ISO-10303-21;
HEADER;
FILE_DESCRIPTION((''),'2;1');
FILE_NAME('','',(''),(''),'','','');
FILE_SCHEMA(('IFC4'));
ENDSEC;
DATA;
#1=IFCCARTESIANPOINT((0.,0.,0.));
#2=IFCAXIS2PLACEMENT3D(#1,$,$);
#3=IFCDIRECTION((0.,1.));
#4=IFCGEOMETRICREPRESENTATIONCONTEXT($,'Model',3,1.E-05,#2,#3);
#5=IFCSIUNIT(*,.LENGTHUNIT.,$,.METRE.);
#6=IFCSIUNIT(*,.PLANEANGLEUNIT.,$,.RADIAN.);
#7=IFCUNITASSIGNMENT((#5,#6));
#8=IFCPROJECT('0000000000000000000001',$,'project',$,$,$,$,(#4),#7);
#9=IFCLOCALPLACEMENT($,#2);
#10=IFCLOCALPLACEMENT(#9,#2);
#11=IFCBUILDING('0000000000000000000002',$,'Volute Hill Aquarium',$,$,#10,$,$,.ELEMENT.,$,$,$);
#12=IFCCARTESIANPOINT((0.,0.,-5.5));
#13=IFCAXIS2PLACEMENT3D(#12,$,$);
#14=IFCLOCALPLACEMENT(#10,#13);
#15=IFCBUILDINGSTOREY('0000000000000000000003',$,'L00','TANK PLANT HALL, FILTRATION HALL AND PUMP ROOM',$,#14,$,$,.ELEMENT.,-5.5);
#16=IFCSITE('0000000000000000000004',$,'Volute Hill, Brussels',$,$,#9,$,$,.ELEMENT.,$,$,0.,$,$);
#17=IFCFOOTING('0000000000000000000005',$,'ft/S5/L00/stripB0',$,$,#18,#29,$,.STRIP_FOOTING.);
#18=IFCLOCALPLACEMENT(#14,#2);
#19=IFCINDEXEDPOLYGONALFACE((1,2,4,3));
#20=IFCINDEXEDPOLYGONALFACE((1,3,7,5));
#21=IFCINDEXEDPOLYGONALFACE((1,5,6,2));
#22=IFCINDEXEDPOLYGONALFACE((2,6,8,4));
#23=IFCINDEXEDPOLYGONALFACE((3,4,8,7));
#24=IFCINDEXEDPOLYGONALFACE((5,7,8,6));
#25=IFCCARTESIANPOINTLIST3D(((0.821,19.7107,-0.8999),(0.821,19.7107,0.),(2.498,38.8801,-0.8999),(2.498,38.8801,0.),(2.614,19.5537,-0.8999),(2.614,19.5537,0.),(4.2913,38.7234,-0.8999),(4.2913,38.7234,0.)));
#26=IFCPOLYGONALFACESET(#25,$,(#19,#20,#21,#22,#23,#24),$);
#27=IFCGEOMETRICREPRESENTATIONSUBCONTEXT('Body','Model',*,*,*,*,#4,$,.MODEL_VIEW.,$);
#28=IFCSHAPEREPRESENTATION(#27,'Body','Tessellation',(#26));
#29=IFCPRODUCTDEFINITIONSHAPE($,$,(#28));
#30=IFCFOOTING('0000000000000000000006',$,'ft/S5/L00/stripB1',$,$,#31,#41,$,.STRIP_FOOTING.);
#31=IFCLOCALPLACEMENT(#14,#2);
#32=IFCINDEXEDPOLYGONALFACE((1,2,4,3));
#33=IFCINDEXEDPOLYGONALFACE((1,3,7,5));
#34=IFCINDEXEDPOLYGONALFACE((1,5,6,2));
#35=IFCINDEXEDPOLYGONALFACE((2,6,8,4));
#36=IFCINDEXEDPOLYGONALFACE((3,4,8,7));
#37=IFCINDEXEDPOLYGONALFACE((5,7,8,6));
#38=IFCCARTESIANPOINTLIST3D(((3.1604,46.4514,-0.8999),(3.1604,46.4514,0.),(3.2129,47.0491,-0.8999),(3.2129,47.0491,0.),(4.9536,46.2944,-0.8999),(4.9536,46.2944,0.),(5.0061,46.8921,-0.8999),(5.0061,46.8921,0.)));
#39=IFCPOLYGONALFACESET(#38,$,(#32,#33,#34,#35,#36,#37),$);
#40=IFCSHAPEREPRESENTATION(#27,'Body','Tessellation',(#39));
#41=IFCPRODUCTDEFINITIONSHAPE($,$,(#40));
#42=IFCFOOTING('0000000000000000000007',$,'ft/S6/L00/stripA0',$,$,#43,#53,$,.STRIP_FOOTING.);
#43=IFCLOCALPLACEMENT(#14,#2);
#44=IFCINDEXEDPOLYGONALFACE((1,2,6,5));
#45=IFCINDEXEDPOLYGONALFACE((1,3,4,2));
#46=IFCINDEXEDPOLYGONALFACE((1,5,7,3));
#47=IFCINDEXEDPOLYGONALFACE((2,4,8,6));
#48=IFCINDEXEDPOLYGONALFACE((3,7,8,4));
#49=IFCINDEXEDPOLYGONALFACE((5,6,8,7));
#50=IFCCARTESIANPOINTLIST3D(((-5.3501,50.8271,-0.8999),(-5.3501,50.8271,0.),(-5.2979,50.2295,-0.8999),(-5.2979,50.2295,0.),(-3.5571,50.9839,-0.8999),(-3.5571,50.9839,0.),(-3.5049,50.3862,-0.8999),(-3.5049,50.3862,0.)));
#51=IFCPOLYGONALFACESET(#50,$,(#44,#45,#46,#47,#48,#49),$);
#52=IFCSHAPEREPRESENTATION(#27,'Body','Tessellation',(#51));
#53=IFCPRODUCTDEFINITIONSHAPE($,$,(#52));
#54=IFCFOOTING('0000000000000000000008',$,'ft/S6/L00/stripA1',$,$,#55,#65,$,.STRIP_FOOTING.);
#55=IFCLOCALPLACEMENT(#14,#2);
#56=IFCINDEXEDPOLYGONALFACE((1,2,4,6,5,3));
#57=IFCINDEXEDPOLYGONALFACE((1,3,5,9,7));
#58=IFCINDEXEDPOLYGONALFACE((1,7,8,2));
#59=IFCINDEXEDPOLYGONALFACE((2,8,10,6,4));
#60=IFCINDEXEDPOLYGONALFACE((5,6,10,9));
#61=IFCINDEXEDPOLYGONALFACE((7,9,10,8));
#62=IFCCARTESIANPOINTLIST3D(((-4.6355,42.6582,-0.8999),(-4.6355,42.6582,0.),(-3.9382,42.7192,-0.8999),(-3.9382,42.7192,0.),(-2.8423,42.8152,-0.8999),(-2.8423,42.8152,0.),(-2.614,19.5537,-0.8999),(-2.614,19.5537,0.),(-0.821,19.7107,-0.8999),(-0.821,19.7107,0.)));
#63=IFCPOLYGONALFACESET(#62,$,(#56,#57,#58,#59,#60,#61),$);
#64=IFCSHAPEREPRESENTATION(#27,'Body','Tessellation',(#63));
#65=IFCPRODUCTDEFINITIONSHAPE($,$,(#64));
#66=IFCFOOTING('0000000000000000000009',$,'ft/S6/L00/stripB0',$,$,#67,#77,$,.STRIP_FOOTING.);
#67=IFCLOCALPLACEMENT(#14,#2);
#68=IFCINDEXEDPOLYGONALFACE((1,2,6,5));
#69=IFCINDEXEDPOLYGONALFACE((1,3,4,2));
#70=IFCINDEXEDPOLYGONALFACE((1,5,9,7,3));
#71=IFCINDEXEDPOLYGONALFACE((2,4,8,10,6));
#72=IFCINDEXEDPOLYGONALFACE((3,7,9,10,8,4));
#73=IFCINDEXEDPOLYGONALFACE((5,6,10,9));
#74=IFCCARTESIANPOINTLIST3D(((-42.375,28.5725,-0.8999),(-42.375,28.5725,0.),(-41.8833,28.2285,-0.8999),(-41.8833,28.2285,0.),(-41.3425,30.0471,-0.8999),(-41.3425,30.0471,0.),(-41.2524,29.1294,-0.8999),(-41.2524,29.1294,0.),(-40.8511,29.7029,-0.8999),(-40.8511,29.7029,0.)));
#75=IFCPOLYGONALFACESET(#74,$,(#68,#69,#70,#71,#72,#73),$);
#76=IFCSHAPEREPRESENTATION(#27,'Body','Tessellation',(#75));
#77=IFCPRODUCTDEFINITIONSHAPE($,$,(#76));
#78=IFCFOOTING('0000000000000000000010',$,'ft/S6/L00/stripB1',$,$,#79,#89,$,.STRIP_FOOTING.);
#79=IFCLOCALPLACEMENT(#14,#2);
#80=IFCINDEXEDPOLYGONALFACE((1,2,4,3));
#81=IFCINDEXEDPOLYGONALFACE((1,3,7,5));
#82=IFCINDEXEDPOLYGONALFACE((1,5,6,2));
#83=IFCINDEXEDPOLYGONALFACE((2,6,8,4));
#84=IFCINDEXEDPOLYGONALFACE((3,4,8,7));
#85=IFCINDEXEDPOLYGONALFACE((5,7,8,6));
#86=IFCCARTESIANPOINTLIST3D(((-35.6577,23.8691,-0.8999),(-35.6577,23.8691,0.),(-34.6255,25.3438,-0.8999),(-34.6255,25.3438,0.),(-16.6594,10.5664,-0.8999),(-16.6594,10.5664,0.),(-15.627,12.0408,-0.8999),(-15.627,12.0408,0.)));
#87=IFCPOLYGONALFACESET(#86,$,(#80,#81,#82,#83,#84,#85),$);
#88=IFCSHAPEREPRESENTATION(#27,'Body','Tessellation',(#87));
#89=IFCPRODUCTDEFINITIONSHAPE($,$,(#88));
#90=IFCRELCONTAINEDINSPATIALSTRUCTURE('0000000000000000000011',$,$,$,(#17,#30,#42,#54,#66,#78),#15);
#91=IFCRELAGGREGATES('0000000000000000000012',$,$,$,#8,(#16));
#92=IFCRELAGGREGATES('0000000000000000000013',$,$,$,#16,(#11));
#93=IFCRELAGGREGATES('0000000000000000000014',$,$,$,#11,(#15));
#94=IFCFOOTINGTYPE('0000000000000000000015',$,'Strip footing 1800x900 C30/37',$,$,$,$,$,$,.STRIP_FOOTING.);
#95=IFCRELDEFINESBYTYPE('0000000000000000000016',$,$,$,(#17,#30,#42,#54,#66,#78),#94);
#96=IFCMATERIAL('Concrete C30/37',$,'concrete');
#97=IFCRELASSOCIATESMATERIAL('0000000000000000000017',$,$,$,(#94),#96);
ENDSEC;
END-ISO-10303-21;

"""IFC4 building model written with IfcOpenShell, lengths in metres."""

from ifc_helpers import new_model, si_unit, direction, frame, origin, place, context, subcontext, project, spatial, polyline, outline, extrude, material, type_object, element, save


model = new_model("IFC4")

# Units and contexts
model_context = context("Model", 3, precision=1e-05, world=origin(), true_north=direction((0.0, 1.0)))
body_context = subcontext(model_context, "Body", "Model", "MODEL_VIEW")
ifc_project = project(units=[si_unit("LENGTHUNIT", "METRE"), si_unit("PLANEANGLEUNIT", "RADIAN")], contexts=[model_context])

# Site, building, storey
site_placement = place(None, origin())
site = spatial("IfcSite", under=ifc_project, at=site_placement, Name="Volute Hill, Brussels", CompositionType="ELEMENT", RefElevation=0.0)
building_placement = place(site_placement, origin())
building = spatial("IfcBuilding", under=site, at=building_placement, Name="Volute Hill Aquarium", CompositionType="ELEMENT")
storey_placement = place(building_placement, frame((0.0, 0.0, -5.5)))
storey = spatial("IfcBuildingStorey", under=building, at=storey_placement, Name="L00", Description="TANK PLANT HALL, FILTRATION HALL AND PUMP ROOM", CompositionType="ELEMENT", Elevation=-5.5)

# Footings
ifc_material_1 = material(Name="Concrete C30/37", Category="concrete")
footing_type_1 = type_object("IfcFootingType", Name="Strip footing 1800x900 C30/37", PredefinedType="STRIP_FOOTING", material=ifc_material_1)
footing_1_placement = place(storey_placement, frame((0.0, 0.0, -0.8999)))
element("IfcFooting", 1, at=footing_1_placement, inside=storey, type_object=footing_type_1, Name="ft/S5/L00/stripB0", PredefinedType="STRIP_FOOTING", context=body_context, shape_type="SweptSolid", body=[
    extrude(outline(polyline([(2.498, 38.8801), (4.2913, 38.7234), (2.614, 19.5537), (0.821, 19.7107), (2.498, 38.8801)])), origin(), (0.0, 0.0, 1.0), 0.8999),
])
footing_2_placement = place(storey_placement, frame((0.0, 0.0, -0.8999)))
element("IfcFooting", 2, at=footing_2_placement, inside=storey, type_object=footing_type_1, Name="ft/S5/L00/stripB1", PredefinedType="STRIP_FOOTING", context=body_context, shape_type="SweptSolid", body=[
    extrude(outline(polyline([(3.2129, 47.0491), (5.0061, 46.8921), (4.9536, 46.2944), (3.1604, 46.4514), (3.2129, 47.0491)])), origin(), (0.0, 0.0, 1.0), 0.8999),
])
footing_3_placement = place(storey_placement, frame((0.0, 0.0, -0.8999)))
element("IfcFooting", 3, at=footing_3_placement, inside=storey, type_object=footing_type_1, Name="ft/S6/L00/stripA0", PredefinedType="STRIP_FOOTING", context=body_context, shape_type="SweptSolid", body=[
    extrude(outline(polyline([(-5.3501, 50.8271), (-3.5571, 50.9839), (-3.5049, 50.3862), (-5.2979, 50.2295), (-5.3501, 50.8271)])), origin(), (0.0, 0.0, 1.0), 0.8999),
])
footing_4_placement = place(storey_placement, frame((0.0, 0.0, -0.8999)))
element("IfcFooting", 4, at=footing_4_placement, inside=storey, type_object=footing_type_1, Name="ft/S6/L00/stripA1", PredefinedType="STRIP_FOOTING", context=body_context, shape_type="SweptSolid", body=[
    extrude(outline(polyline([(-4.6355, 42.6582), (-3.9382, 42.7192), (-3.9382, 42.7192), (-2.8423, 42.8152), (-0.821, 19.7107), (-2.614, 19.5537), (-4.6355, 42.6582)])), origin(), (0.0, 0.0, 1.0), 0.8999),
])
footing_5_placement = place(storey_placement, frame((0.0, 0.0, -0.8999)))
element("IfcFooting", 5, at=footing_5_placement, inside=storey, type_object=footing_type_1, Name="ft/S6/L00/stripB0", PredefinedType="STRIP_FOOTING", context=body_context, shape_type="SweptSolid", body=[
    extrude(outline(polyline([(-42.375, 28.5725), (-41.3425, 30.0471), (-40.8511, 29.7029), (-41.2524, 29.1294), (-41.2524, 29.1294), (-41.8833, 28.2285), (-42.375, 28.5725)])), origin(), (0.0, 0.0, 1.0), 0.8999),
])
footing_6_placement = place(storey_placement, frame((0.0, 0.0, -0.8999)))
element("IfcFooting", 6, at=footing_6_placement, inside=storey, type_object=footing_type_1, Name="ft/S6/L00/stripB1", PredefinedType="STRIP_FOOTING", context=body_context, shape_type="SweptSolid", body=[
    extrude(outline(polyline([(-35.6577, 23.8691), (-34.6255, 25.3438), (-15.627, 12.0408), (-16.6594, 10.5664), (-35.6577, 23.8691)])), origin(), (0.0, 0.0, 1.0), 0.8999),
])

save(model, "model.ifc")
